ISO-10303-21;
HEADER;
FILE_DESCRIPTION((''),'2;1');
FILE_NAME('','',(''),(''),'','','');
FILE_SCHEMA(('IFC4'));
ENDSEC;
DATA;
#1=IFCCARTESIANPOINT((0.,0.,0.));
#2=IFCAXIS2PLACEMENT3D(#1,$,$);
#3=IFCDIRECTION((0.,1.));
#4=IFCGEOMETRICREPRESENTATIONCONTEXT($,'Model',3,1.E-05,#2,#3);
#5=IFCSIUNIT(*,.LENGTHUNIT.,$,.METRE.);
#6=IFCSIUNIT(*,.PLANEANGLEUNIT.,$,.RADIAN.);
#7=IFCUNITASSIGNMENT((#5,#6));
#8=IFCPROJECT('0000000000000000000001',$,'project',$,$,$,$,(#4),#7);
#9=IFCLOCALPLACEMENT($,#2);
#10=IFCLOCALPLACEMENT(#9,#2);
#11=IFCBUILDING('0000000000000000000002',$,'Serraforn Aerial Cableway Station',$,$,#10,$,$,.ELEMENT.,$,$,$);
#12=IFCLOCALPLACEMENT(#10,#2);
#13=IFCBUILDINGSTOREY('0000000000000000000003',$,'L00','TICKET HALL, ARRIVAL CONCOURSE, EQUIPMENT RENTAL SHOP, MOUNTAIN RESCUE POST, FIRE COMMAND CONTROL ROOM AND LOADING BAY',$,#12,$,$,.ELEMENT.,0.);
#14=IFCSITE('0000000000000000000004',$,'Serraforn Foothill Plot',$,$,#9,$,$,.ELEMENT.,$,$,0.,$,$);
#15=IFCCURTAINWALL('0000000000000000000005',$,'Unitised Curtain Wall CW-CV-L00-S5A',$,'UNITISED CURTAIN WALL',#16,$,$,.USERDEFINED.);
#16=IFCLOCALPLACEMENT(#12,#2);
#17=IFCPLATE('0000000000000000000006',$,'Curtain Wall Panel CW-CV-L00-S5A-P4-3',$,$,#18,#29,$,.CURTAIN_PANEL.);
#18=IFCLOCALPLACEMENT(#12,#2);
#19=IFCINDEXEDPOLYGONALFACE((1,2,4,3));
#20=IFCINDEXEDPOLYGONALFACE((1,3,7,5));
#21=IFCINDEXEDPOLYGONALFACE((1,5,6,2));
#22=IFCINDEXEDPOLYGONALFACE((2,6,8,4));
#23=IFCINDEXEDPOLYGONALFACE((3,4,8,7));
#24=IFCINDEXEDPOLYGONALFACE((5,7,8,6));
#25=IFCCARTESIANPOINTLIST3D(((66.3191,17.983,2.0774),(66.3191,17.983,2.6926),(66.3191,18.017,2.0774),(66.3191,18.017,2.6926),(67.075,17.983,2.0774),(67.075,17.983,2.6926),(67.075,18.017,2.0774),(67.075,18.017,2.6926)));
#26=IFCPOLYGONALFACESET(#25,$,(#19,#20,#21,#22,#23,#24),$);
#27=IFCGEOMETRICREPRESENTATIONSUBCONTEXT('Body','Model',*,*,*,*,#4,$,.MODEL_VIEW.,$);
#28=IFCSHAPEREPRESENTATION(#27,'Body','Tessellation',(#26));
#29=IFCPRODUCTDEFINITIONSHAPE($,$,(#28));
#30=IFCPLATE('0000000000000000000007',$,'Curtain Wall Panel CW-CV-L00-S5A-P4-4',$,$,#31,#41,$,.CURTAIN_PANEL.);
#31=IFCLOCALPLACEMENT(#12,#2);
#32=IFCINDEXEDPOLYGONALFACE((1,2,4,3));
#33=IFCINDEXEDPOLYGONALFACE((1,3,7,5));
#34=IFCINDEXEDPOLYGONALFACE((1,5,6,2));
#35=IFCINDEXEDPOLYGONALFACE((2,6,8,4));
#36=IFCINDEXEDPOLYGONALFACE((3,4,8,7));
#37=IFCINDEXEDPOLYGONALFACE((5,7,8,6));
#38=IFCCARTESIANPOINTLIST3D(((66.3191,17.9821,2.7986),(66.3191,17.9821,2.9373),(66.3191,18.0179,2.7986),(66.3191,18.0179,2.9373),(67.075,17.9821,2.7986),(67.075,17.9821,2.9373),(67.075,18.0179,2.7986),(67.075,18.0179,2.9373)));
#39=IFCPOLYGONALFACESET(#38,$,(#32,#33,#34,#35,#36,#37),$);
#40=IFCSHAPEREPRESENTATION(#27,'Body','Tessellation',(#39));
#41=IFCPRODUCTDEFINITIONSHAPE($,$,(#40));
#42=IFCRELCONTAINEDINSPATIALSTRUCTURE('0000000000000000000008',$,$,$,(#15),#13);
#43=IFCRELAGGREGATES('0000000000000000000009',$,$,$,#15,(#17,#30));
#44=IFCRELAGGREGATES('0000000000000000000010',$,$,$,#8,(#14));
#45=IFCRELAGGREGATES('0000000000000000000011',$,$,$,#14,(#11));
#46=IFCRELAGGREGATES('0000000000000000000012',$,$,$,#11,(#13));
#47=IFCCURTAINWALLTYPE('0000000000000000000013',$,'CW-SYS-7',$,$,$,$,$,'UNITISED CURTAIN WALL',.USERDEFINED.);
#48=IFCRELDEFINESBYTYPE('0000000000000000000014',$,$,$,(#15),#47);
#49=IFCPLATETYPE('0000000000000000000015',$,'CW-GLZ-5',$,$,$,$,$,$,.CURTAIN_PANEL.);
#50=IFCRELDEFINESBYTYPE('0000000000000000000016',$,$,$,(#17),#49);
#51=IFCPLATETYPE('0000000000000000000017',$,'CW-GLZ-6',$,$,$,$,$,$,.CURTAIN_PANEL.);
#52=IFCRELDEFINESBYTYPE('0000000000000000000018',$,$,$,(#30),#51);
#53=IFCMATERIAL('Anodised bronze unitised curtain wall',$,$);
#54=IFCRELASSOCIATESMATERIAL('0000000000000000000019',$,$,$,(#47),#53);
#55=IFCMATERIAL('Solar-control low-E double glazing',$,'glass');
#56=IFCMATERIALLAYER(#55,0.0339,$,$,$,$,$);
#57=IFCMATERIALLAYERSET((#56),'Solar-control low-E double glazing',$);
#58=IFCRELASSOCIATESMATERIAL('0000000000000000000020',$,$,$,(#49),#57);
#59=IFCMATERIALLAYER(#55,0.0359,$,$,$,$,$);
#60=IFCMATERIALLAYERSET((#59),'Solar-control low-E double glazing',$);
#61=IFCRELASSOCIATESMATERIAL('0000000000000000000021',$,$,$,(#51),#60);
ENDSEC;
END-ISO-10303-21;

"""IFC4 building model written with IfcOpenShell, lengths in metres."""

from ifc_helpers import new_model, si_unit, direction, frame, origin, origin_2d, place, context, subcontext, project, spatial, rectangle, extrude, material, layer, layer_set, type_object, element, aggregate, save


model = new_model("IFC4")

# Units and contexts
model_context = context("Model", 3, precision=1e-05, world=origin(), true_north=direction((0.0, 1.0)))
body_context = subcontext(model_context, "Body", "Model", "MODEL_VIEW")
ifc_project = project(units=[si_unit("LENGTHUNIT", "METRE"), si_unit("PLANEANGLEUNIT", "RADIAN")], contexts=[model_context])

# Site, building, storey
site_placement = place(None, origin())
site = spatial("IfcSite", under=ifc_project, at=site_placement, Name="Serraforn Foothill Plot", CompositionType="ELEMENT", RefElevation=0.0)
building_placement = place(site_placement, origin())
building = spatial("IfcBuilding", under=site, at=building_placement, Name="Serraforn Aerial Cableway Station", CompositionType="ELEMENT")
storey_placement = place(building_placement, origin())
storey = spatial("IfcBuildingStorey", under=building, at=storey_placement, Name="L00", Description="TICKET HALL, ARRIVAL CONCOURSE, EQUIPMENT RENTAL SHOP, MOUNTAIN RESCUE POST, FIRE COMMAND CONTROL ROOM AND LOADING BAY", CompositionType="ELEMENT", Elevation=0.0)

# Curtain wall, plates
ifc_material_1 = material(Name="Anodised bronze unitised curtain wall")
curtain_wall_type = type_object("IfcCurtainWallType", Name="CW-SYS-7", ElementType="UNITISED CURTAIN WALL", PredefinedType="USERDEFINED", material=ifc_material_1)
curtain_wall_placement = place(storey_placement, origin())
curtain_wall = element("IfcCurtainWall", 1, at=curtain_wall_placement, inside=storey, type_object=curtain_wall_type, Name="Unitised Curtain Wall CW-CV-L00-S5A", ObjectType="UNITISED CURTAIN WALL", PredefinedType="USERDEFINED")
ifc_material_2 = material(Name="Solar-control low-E double glazing", Category="glass")
ifc_layer_1 = layer(ifc_material_2, 0.0339)
ifc_layer_set_1 = layer_set([ifc_layer_1], Name="Solar-control low-E double glazing")
plate_type_1 = type_object("IfcPlateType", Name="CW-GLZ-5", PredefinedType="CURTAIN_PANEL", material=ifc_layer_set_1)
plate_1_placement = place(storey_placement, frame((66.697, 18.0, 2.0774), z_axis=(0.0, 0.0, 1.0), x_axis=(1.0, 0.0, 0.0)))
plate_1 = element("IfcPlate", 2, at=plate_1_placement, type_object=plate_type_1, Name="Curtain Wall Panel CW-CV-L00-S5A-P4-3", PredefinedType="CURTAIN_PANEL", context=body_context, shape_type="SweptSolid", body=[
    extrude(rectangle(XDim=0.7559, YDim=0.0339, at=origin_2d()), origin(), (0.0, 0.0, 1.0), 0.6152),
])
ifc_layer_2 = layer(ifc_material_2, 0.0359)
ifc_layer_set_2 = layer_set([ifc_layer_2], Name="Solar-control low-E double glazing")
plate_type_2 = type_object("IfcPlateType", Name="CW-GLZ-6", PredefinedType="CURTAIN_PANEL", material=ifc_layer_set_2)
plate_2_placement = place(storey_placement, frame((66.697, 18.0, 2.7986), z_axis=(0.0, 0.0, 1.0), x_axis=(1.0, 0.0, 0.0)))
plate_2 = element("IfcPlate", 3, at=plate_2_placement, type_object=plate_type_2, Name="Curtain Wall Panel CW-CV-L00-S5A-P4-4", PredefinedType="CURTAIN_PANEL", context=body_context, shape_type="SweptSolid", body=[
    extrude(rectangle(XDim=0.7559, YDim=0.0359, at=origin_2d()), origin(), (0.0, 0.0, 1.0), 0.1387),
])
aggregate(curtain_wall, [plate_1, plate_2])

save(model, "model.ifc")
